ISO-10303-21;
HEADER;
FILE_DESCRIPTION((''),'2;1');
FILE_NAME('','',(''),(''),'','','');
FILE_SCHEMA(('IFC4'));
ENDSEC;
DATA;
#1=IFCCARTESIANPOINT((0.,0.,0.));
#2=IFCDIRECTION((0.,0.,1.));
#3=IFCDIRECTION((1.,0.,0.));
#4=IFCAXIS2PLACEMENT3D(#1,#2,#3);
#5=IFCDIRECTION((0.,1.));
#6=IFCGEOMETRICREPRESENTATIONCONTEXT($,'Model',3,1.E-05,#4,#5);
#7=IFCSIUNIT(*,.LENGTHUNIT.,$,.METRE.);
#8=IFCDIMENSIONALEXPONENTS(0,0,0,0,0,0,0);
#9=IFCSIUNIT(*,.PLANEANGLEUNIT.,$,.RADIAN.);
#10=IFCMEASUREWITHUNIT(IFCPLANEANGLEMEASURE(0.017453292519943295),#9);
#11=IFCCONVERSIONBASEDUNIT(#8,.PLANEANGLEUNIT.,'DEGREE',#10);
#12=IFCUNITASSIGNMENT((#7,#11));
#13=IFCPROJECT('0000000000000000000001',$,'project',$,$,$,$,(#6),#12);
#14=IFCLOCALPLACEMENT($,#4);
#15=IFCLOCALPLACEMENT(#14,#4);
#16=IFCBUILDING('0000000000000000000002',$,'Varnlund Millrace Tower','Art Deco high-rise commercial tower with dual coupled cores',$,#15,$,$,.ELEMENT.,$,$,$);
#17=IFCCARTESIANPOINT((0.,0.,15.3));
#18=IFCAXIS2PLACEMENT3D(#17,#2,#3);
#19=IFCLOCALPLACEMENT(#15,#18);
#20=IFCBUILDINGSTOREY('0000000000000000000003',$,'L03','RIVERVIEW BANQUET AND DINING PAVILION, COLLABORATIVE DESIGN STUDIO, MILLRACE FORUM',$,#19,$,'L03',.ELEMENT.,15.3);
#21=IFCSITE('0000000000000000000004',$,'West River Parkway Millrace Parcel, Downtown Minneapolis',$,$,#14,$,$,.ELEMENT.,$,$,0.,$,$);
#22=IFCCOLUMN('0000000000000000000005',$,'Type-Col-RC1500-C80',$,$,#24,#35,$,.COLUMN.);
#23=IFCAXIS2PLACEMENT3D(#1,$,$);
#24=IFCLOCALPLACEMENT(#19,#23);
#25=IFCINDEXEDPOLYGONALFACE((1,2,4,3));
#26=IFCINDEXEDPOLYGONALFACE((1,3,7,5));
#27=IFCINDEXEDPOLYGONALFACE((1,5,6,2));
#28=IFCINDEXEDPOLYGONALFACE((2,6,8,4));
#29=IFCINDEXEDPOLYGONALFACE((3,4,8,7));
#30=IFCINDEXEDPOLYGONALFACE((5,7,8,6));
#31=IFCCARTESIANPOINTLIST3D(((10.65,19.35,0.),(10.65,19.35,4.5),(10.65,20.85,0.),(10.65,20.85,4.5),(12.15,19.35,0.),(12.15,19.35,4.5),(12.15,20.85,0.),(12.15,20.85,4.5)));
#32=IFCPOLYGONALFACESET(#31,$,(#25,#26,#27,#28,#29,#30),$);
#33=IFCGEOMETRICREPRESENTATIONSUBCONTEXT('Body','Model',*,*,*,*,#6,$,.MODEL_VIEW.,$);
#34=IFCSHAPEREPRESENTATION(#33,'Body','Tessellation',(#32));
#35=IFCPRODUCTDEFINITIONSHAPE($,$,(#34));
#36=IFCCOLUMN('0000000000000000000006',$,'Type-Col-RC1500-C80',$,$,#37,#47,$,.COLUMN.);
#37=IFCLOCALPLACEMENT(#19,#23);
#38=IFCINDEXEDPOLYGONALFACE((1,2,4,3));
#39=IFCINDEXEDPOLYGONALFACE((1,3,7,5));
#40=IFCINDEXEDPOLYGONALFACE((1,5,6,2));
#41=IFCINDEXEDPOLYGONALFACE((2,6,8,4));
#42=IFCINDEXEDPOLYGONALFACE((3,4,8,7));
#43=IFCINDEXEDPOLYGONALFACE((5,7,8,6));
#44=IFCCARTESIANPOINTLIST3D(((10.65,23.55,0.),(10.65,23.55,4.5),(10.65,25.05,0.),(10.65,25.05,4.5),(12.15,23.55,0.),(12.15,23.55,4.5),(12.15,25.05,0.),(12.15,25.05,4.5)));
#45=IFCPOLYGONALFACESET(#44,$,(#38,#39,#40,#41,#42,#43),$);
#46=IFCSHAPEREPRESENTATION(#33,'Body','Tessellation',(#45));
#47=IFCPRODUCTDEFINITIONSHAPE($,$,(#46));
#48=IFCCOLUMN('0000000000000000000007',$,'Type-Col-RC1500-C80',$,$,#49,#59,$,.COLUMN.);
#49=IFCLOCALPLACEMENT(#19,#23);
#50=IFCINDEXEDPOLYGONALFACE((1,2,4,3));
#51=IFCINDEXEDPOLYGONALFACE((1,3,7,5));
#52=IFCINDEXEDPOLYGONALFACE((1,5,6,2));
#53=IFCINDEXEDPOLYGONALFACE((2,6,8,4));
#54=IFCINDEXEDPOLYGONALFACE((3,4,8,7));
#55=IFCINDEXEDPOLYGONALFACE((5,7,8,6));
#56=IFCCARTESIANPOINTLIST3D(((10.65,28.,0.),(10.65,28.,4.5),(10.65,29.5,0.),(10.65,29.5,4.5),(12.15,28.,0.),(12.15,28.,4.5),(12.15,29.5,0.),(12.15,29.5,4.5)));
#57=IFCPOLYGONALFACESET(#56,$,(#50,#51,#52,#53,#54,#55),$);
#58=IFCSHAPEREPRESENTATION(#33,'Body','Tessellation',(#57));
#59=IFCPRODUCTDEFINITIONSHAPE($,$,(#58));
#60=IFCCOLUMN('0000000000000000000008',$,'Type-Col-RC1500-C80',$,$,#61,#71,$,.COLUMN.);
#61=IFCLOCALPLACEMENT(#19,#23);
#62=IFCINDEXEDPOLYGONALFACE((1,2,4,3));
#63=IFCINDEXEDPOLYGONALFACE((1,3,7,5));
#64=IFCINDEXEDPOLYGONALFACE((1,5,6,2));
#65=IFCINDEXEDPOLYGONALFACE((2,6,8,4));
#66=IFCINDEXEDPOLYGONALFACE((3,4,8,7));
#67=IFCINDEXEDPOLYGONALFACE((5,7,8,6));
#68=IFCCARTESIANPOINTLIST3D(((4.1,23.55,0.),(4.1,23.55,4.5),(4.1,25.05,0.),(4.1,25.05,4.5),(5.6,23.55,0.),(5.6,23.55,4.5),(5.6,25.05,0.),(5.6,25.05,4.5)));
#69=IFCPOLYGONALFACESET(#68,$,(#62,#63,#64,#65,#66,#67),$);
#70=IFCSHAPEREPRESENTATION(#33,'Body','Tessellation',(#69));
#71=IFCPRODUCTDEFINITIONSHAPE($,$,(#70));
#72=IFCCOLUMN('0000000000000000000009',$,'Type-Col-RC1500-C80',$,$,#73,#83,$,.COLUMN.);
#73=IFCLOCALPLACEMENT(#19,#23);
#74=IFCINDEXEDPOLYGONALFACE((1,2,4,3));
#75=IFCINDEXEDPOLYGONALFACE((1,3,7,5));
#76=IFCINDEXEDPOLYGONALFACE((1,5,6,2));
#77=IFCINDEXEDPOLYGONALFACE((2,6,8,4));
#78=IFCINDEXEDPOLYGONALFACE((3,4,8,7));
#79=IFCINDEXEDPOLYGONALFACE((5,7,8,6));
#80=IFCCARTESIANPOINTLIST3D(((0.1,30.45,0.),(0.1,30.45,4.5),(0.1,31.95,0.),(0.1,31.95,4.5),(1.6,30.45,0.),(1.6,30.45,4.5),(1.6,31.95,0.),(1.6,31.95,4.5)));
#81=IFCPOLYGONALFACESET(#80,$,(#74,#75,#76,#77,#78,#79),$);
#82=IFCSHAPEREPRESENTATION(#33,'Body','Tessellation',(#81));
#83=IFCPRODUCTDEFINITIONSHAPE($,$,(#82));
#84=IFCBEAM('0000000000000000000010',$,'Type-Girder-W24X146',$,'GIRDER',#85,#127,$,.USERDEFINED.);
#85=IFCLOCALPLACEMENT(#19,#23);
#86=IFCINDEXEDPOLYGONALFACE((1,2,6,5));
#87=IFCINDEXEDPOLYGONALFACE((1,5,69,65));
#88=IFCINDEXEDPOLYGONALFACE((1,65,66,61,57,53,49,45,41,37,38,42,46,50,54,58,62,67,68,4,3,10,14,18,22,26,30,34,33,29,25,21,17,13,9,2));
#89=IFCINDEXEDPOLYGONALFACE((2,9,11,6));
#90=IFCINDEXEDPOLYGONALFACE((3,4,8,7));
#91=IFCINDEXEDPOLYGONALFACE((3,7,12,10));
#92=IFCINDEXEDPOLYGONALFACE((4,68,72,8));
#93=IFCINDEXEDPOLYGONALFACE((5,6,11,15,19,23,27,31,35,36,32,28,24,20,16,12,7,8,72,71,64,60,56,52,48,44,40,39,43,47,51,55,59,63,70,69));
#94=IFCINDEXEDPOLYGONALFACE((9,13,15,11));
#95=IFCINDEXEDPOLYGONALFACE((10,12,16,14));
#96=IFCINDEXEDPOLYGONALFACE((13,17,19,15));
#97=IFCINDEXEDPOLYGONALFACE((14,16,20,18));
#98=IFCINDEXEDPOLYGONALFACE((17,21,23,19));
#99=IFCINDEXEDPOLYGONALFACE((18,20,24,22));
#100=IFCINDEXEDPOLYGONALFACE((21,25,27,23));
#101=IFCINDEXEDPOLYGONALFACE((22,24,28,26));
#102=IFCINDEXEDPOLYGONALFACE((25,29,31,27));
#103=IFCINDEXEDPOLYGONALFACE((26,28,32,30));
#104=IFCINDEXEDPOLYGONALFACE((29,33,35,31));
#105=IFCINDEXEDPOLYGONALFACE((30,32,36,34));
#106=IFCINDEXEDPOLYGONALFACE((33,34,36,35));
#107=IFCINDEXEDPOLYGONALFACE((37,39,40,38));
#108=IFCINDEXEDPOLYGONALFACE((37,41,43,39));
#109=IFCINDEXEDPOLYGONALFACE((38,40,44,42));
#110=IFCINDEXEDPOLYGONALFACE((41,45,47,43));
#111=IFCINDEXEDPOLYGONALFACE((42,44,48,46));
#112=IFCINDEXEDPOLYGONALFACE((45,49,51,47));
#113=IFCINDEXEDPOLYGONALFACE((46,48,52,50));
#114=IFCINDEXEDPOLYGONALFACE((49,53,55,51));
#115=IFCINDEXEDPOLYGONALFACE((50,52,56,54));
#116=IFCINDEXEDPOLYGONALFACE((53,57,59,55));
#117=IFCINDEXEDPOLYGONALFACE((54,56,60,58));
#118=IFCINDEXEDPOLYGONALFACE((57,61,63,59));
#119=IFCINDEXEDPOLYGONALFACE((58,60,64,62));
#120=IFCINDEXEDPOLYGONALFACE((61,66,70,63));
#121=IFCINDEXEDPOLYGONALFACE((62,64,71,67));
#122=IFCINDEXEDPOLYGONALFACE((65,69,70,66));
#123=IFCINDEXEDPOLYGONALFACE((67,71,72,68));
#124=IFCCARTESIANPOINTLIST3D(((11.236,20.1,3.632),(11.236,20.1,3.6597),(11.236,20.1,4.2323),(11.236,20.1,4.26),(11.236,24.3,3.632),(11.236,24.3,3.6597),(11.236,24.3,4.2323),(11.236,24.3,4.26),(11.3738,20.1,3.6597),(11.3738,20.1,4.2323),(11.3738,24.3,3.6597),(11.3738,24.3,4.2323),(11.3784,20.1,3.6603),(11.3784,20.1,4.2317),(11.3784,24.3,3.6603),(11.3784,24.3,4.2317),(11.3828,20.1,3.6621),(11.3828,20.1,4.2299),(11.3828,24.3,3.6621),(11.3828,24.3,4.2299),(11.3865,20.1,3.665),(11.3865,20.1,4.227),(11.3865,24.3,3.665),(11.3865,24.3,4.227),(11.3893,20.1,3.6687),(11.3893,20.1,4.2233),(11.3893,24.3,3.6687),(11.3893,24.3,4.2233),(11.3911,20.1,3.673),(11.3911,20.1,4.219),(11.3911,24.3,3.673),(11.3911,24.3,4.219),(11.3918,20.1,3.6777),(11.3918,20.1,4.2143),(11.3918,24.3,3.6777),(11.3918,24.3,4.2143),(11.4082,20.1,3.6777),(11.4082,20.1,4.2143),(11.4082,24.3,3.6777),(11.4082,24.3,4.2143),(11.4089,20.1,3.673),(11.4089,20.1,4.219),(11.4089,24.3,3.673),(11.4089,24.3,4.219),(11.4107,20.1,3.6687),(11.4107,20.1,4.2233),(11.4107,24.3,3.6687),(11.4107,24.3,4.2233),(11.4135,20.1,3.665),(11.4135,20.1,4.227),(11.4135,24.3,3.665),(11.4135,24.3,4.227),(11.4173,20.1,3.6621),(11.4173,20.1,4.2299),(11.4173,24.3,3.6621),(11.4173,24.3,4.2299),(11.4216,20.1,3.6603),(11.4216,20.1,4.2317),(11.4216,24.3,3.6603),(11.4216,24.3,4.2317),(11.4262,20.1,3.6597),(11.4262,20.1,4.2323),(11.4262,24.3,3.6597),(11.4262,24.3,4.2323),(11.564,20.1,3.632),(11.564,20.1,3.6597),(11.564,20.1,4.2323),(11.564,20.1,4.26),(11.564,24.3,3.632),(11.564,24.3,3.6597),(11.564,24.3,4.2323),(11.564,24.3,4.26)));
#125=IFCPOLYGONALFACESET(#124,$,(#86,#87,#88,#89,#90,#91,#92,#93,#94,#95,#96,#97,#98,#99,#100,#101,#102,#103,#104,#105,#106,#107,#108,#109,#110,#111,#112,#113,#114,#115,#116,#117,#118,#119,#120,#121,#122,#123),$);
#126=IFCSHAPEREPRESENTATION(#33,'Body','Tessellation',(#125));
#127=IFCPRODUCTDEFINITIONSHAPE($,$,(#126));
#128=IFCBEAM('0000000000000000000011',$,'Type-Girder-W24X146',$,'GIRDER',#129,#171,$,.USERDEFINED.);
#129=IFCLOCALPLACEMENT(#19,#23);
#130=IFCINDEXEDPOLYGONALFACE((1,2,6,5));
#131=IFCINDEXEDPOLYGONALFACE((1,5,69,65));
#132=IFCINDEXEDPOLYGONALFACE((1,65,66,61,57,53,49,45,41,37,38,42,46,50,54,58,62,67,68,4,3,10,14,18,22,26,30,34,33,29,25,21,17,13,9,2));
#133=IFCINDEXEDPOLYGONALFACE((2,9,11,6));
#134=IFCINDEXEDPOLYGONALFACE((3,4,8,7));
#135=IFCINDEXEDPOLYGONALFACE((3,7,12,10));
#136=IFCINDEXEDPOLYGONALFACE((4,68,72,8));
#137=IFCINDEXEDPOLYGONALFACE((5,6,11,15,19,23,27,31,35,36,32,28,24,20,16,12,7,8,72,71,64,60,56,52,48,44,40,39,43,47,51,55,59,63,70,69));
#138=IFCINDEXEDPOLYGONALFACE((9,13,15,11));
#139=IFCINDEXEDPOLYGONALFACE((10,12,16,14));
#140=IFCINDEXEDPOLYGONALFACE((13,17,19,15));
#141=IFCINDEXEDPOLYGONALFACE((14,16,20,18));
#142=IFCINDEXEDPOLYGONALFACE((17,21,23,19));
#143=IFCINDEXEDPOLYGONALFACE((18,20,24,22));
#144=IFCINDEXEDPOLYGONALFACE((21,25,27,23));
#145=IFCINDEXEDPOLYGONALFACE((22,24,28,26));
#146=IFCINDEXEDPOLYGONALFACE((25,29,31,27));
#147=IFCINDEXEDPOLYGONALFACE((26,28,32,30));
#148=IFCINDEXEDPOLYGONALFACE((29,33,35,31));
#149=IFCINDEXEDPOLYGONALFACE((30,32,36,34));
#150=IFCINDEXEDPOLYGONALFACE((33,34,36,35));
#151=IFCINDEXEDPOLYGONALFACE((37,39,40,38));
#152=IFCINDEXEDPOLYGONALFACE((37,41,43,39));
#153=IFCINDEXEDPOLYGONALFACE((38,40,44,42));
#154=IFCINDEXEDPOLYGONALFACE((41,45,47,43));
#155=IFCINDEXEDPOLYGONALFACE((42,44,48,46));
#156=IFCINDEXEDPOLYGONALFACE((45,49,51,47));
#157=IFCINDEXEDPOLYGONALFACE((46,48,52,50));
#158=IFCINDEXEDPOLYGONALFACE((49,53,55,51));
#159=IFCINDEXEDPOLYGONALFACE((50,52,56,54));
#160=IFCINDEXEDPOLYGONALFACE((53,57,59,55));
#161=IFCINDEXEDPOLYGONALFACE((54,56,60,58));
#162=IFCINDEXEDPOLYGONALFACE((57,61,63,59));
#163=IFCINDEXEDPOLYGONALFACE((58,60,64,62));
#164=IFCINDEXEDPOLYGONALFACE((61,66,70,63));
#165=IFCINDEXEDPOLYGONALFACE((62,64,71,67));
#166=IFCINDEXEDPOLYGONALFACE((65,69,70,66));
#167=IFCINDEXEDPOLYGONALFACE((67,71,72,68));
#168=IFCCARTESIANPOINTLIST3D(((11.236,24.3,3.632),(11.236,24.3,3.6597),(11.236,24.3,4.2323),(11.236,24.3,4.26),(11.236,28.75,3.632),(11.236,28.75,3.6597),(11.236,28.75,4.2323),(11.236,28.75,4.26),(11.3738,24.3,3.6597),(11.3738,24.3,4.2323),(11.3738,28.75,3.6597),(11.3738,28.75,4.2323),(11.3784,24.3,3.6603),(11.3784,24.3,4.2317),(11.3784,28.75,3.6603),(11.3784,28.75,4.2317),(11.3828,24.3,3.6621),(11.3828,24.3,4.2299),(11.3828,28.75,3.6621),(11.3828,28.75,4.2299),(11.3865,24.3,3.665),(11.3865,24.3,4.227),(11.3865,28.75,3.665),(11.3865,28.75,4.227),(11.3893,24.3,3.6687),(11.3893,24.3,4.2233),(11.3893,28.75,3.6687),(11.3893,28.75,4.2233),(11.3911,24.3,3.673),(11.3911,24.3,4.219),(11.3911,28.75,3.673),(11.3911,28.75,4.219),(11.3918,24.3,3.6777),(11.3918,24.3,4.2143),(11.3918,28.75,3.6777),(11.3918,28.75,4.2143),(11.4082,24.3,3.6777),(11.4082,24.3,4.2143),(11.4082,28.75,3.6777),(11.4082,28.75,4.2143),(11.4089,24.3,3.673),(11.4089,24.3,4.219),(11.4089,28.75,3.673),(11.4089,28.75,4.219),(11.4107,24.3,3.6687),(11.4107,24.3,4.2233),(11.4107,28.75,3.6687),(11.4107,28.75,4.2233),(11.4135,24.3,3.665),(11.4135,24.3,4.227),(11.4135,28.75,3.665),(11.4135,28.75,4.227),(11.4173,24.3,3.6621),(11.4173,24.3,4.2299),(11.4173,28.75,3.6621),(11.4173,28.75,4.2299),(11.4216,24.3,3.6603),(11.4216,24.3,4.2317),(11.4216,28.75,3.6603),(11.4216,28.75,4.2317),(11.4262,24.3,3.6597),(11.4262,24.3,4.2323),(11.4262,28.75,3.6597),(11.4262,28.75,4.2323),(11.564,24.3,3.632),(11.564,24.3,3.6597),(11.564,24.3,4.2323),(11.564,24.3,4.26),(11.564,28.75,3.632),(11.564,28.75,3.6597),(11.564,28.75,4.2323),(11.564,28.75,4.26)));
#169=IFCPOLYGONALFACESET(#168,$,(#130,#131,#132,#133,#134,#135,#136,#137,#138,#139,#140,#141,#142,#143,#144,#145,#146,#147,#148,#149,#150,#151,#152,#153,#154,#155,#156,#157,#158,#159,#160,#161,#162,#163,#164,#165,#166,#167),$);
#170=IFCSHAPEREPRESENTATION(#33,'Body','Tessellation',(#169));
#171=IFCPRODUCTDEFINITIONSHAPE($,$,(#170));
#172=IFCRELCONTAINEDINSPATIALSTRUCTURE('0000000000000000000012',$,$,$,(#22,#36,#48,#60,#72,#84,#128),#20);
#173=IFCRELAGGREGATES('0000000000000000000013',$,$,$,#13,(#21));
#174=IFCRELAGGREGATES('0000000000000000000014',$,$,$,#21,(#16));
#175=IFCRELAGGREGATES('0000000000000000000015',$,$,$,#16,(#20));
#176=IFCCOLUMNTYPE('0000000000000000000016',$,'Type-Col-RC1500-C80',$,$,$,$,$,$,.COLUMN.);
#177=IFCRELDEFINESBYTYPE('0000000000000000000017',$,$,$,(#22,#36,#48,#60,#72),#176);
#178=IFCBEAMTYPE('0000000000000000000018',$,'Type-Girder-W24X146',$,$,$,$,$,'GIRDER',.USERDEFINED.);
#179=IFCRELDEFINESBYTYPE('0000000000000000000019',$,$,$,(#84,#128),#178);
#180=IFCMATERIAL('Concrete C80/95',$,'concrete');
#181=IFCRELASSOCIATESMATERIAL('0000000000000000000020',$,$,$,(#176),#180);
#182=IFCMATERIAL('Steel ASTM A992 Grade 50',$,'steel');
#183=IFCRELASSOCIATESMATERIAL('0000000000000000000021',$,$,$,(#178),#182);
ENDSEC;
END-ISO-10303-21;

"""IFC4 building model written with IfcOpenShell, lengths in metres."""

from ifc_helpers import new_model, entity, si_unit, converted_unit, direction, frame, origin_with_axes, origin_2d_with_axis, place, context, subcontext, project, spatial, rectangle, i_section, extrude, material, material_profile, profile_set, type_object, element, save


model = new_model("IFC4")

# Units and contexts
model_context = context("Model", 3, precision=1e-05, world=origin_with_axes(), true_north=direction((0.0, 1.0)))
body_context = subcontext(model_context, "Body", "Model", "MODEL_VIEW")
ifc_project = project(units=[si_unit("LENGTHUNIT", "METRE"), converted_unit("PLANEANGLEUNIT", "DEGREE", entity("IfcPlaneAngleMeasure", 0.017453292519943295), si_unit("PLANEANGLEUNIT", "RADIAN"), dimensions=[0, 0, 0, 0, 0, 0, 0])], contexts=[model_context])

# Site, building, storey
site_placement = place(None, origin_with_axes())
site = spatial("IfcSite", under=ifc_project, at=site_placement, Name="West River Parkway Millrace Parcel, Downtown Minneapolis", CompositionType="ELEMENT", RefElevation=0.0)
building_placement = place(site_placement, origin_with_axes())
building = spatial("IfcBuilding", under=site, at=building_placement, Name="Varnlund Millrace Tower", Description="Art Deco high-rise commercial tower with dual coupled cores", CompositionType="ELEMENT")
storey_placement = place(building_placement, frame((0.0, 0.0, 15.3), z_axis=(0.0, 0.0, 1.0), x_axis=(1.0, 0.0, 0.0)))
storey = spatial("IfcBuildingStorey", under=building, at=storey_placement, Name="L03", Description="RIVERVIEW BANQUET AND DINING PAVILION, COLLABORATIVE DESIGN STUDIO, MILLRACE FORUM", LongName="L03", CompositionType="ELEMENT", Elevation=15.3)

# Columns
ifc_material_1 = material(Name="Concrete C80/95", Category="concrete")
ifc_material_profile_1 = material_profile(ifc_material_1, rectangle(XDim=1.5, YDim=1.5, at=origin_2d_with_axis()), Name="Concrete C80/95")
ifc_profile_set_1 = profile_set([ifc_material_profile_1], Name="Concrete C80/95")
column_type = type_object("IfcColumnType", Name="Type-Col-RC1500-C80", PredefinedType="COLUMN", material=ifc_profile_set_1)
for number, where, z_axis, x_axis, name in (
    (1, (11.4, 20.1, 0.0), (0.0, 0.0, 1.0), (1.0, 0.0, 0.0), "Type-Col-RC1500-C80"),
    (2, (11.4, 24.3, 0.0), (0.0, 0.0, 1.0), (1.0, 0.0, 0.0), "Type-Col-RC1500-C80"),
    (3, (11.4, 28.75, 0.0), (0.0, 0.0, 1.0), (1.0, 0.0, 0.0), "Type-Col-RC1500-C80"),
    (4, (4.85, 24.3, 0.0), (0.0, 0.0, 1.0), (1.0, 0.0, 0.0), "Type-Col-RC1500-C80"),
    (5, (0.85, 31.2, 0.0), (0.0, 0.0, 1.0), (1.0, 0.0, 0.0), "Type-Col-RC1500-C80"),
):
    element("IfcColumn", number, at=place(storey_placement, frame(where, z_axis=z_axis, x_axis=x_axis)), inside=storey, type_object=column_type, Name=name, PredefinedType="COLUMN", context=body_context, shape_type="SweptSolid", body=[
        extrude(rectangle(XDim=1.5, YDim=1.5, at=origin_2d_with_axis()), origin_with_axes(), (0.0, 0.0, 1.0), 4.5),
    ])

# Beams
ifc_material_2 = material(Name="Steel ASTM A992 Grade 50", Category="steel")
ifc_material_profile_2 = material_profile(ifc_material_2, i_section(OverallWidth=0.328, OverallDepth=0.628, WebThickness=0.0165, FlangeThickness=0.0277, FilletRadius=0.018, at=origin_2d_with_axis()), Name="Steel ASTM A992 Grade 50")
ifc_profile_set_2 = profile_set([ifc_material_profile_2], Name="Steel ASTM A992 Grade 50")
beam_type_1 = type_object("IfcBeamType", Name="Type-Girder-W24X146", ElementType="GIRDER", PredefinedType="USERDEFINED", material=ifc_profile_set_2)
beam_1_placement = place(storey_placement, frame((11.4, 20.1, 3.946), z_axis=(0.0, 1.0, 0.0), x_axis=(-1.0, 0.0, 0.0)))
element("IfcBeam", 6, at=beam_1_placement, inside=storey, type_object=beam_type_1, Name="Type-Girder-W24X146", ObjectType="GIRDER", PredefinedType="USERDEFINED", context=body_context, shape_type="SweptSolid", body=[
    extrude(i_section(OverallWidth=0.328, OverallDepth=0.628, WebThickness=0.0165, FlangeThickness=0.0277, FilletRadius=0.018, at=origin_2d_with_axis()), origin_with_axes(), (0.0, 0.0, 1.0), 4.2),
])
beam_2_placement = place(storey_placement, frame((11.4, 24.3, 3.946), z_axis=(0.0, 1.0, 0.0), x_axis=(-1.0, 0.0, 0.0)))
element("IfcBeam", 7, at=beam_2_placement, inside=storey, type_object=beam_type_1, Name="Type-Girder-W24X146", ObjectType="GIRDER", PredefinedType="USERDEFINED", context=body_context, shape_type="SweptSolid", body=[
    extrude(i_section(OverallWidth=0.328, OverallDepth=0.628, WebThickness=0.0165, FlangeThickness=0.0277, FilletRadius=0.018, at=origin_2d_with_axis()), origin_with_axes(), (0.0, 0.0, 1.0), 4.45),
])

save(model, "model.ifc")
